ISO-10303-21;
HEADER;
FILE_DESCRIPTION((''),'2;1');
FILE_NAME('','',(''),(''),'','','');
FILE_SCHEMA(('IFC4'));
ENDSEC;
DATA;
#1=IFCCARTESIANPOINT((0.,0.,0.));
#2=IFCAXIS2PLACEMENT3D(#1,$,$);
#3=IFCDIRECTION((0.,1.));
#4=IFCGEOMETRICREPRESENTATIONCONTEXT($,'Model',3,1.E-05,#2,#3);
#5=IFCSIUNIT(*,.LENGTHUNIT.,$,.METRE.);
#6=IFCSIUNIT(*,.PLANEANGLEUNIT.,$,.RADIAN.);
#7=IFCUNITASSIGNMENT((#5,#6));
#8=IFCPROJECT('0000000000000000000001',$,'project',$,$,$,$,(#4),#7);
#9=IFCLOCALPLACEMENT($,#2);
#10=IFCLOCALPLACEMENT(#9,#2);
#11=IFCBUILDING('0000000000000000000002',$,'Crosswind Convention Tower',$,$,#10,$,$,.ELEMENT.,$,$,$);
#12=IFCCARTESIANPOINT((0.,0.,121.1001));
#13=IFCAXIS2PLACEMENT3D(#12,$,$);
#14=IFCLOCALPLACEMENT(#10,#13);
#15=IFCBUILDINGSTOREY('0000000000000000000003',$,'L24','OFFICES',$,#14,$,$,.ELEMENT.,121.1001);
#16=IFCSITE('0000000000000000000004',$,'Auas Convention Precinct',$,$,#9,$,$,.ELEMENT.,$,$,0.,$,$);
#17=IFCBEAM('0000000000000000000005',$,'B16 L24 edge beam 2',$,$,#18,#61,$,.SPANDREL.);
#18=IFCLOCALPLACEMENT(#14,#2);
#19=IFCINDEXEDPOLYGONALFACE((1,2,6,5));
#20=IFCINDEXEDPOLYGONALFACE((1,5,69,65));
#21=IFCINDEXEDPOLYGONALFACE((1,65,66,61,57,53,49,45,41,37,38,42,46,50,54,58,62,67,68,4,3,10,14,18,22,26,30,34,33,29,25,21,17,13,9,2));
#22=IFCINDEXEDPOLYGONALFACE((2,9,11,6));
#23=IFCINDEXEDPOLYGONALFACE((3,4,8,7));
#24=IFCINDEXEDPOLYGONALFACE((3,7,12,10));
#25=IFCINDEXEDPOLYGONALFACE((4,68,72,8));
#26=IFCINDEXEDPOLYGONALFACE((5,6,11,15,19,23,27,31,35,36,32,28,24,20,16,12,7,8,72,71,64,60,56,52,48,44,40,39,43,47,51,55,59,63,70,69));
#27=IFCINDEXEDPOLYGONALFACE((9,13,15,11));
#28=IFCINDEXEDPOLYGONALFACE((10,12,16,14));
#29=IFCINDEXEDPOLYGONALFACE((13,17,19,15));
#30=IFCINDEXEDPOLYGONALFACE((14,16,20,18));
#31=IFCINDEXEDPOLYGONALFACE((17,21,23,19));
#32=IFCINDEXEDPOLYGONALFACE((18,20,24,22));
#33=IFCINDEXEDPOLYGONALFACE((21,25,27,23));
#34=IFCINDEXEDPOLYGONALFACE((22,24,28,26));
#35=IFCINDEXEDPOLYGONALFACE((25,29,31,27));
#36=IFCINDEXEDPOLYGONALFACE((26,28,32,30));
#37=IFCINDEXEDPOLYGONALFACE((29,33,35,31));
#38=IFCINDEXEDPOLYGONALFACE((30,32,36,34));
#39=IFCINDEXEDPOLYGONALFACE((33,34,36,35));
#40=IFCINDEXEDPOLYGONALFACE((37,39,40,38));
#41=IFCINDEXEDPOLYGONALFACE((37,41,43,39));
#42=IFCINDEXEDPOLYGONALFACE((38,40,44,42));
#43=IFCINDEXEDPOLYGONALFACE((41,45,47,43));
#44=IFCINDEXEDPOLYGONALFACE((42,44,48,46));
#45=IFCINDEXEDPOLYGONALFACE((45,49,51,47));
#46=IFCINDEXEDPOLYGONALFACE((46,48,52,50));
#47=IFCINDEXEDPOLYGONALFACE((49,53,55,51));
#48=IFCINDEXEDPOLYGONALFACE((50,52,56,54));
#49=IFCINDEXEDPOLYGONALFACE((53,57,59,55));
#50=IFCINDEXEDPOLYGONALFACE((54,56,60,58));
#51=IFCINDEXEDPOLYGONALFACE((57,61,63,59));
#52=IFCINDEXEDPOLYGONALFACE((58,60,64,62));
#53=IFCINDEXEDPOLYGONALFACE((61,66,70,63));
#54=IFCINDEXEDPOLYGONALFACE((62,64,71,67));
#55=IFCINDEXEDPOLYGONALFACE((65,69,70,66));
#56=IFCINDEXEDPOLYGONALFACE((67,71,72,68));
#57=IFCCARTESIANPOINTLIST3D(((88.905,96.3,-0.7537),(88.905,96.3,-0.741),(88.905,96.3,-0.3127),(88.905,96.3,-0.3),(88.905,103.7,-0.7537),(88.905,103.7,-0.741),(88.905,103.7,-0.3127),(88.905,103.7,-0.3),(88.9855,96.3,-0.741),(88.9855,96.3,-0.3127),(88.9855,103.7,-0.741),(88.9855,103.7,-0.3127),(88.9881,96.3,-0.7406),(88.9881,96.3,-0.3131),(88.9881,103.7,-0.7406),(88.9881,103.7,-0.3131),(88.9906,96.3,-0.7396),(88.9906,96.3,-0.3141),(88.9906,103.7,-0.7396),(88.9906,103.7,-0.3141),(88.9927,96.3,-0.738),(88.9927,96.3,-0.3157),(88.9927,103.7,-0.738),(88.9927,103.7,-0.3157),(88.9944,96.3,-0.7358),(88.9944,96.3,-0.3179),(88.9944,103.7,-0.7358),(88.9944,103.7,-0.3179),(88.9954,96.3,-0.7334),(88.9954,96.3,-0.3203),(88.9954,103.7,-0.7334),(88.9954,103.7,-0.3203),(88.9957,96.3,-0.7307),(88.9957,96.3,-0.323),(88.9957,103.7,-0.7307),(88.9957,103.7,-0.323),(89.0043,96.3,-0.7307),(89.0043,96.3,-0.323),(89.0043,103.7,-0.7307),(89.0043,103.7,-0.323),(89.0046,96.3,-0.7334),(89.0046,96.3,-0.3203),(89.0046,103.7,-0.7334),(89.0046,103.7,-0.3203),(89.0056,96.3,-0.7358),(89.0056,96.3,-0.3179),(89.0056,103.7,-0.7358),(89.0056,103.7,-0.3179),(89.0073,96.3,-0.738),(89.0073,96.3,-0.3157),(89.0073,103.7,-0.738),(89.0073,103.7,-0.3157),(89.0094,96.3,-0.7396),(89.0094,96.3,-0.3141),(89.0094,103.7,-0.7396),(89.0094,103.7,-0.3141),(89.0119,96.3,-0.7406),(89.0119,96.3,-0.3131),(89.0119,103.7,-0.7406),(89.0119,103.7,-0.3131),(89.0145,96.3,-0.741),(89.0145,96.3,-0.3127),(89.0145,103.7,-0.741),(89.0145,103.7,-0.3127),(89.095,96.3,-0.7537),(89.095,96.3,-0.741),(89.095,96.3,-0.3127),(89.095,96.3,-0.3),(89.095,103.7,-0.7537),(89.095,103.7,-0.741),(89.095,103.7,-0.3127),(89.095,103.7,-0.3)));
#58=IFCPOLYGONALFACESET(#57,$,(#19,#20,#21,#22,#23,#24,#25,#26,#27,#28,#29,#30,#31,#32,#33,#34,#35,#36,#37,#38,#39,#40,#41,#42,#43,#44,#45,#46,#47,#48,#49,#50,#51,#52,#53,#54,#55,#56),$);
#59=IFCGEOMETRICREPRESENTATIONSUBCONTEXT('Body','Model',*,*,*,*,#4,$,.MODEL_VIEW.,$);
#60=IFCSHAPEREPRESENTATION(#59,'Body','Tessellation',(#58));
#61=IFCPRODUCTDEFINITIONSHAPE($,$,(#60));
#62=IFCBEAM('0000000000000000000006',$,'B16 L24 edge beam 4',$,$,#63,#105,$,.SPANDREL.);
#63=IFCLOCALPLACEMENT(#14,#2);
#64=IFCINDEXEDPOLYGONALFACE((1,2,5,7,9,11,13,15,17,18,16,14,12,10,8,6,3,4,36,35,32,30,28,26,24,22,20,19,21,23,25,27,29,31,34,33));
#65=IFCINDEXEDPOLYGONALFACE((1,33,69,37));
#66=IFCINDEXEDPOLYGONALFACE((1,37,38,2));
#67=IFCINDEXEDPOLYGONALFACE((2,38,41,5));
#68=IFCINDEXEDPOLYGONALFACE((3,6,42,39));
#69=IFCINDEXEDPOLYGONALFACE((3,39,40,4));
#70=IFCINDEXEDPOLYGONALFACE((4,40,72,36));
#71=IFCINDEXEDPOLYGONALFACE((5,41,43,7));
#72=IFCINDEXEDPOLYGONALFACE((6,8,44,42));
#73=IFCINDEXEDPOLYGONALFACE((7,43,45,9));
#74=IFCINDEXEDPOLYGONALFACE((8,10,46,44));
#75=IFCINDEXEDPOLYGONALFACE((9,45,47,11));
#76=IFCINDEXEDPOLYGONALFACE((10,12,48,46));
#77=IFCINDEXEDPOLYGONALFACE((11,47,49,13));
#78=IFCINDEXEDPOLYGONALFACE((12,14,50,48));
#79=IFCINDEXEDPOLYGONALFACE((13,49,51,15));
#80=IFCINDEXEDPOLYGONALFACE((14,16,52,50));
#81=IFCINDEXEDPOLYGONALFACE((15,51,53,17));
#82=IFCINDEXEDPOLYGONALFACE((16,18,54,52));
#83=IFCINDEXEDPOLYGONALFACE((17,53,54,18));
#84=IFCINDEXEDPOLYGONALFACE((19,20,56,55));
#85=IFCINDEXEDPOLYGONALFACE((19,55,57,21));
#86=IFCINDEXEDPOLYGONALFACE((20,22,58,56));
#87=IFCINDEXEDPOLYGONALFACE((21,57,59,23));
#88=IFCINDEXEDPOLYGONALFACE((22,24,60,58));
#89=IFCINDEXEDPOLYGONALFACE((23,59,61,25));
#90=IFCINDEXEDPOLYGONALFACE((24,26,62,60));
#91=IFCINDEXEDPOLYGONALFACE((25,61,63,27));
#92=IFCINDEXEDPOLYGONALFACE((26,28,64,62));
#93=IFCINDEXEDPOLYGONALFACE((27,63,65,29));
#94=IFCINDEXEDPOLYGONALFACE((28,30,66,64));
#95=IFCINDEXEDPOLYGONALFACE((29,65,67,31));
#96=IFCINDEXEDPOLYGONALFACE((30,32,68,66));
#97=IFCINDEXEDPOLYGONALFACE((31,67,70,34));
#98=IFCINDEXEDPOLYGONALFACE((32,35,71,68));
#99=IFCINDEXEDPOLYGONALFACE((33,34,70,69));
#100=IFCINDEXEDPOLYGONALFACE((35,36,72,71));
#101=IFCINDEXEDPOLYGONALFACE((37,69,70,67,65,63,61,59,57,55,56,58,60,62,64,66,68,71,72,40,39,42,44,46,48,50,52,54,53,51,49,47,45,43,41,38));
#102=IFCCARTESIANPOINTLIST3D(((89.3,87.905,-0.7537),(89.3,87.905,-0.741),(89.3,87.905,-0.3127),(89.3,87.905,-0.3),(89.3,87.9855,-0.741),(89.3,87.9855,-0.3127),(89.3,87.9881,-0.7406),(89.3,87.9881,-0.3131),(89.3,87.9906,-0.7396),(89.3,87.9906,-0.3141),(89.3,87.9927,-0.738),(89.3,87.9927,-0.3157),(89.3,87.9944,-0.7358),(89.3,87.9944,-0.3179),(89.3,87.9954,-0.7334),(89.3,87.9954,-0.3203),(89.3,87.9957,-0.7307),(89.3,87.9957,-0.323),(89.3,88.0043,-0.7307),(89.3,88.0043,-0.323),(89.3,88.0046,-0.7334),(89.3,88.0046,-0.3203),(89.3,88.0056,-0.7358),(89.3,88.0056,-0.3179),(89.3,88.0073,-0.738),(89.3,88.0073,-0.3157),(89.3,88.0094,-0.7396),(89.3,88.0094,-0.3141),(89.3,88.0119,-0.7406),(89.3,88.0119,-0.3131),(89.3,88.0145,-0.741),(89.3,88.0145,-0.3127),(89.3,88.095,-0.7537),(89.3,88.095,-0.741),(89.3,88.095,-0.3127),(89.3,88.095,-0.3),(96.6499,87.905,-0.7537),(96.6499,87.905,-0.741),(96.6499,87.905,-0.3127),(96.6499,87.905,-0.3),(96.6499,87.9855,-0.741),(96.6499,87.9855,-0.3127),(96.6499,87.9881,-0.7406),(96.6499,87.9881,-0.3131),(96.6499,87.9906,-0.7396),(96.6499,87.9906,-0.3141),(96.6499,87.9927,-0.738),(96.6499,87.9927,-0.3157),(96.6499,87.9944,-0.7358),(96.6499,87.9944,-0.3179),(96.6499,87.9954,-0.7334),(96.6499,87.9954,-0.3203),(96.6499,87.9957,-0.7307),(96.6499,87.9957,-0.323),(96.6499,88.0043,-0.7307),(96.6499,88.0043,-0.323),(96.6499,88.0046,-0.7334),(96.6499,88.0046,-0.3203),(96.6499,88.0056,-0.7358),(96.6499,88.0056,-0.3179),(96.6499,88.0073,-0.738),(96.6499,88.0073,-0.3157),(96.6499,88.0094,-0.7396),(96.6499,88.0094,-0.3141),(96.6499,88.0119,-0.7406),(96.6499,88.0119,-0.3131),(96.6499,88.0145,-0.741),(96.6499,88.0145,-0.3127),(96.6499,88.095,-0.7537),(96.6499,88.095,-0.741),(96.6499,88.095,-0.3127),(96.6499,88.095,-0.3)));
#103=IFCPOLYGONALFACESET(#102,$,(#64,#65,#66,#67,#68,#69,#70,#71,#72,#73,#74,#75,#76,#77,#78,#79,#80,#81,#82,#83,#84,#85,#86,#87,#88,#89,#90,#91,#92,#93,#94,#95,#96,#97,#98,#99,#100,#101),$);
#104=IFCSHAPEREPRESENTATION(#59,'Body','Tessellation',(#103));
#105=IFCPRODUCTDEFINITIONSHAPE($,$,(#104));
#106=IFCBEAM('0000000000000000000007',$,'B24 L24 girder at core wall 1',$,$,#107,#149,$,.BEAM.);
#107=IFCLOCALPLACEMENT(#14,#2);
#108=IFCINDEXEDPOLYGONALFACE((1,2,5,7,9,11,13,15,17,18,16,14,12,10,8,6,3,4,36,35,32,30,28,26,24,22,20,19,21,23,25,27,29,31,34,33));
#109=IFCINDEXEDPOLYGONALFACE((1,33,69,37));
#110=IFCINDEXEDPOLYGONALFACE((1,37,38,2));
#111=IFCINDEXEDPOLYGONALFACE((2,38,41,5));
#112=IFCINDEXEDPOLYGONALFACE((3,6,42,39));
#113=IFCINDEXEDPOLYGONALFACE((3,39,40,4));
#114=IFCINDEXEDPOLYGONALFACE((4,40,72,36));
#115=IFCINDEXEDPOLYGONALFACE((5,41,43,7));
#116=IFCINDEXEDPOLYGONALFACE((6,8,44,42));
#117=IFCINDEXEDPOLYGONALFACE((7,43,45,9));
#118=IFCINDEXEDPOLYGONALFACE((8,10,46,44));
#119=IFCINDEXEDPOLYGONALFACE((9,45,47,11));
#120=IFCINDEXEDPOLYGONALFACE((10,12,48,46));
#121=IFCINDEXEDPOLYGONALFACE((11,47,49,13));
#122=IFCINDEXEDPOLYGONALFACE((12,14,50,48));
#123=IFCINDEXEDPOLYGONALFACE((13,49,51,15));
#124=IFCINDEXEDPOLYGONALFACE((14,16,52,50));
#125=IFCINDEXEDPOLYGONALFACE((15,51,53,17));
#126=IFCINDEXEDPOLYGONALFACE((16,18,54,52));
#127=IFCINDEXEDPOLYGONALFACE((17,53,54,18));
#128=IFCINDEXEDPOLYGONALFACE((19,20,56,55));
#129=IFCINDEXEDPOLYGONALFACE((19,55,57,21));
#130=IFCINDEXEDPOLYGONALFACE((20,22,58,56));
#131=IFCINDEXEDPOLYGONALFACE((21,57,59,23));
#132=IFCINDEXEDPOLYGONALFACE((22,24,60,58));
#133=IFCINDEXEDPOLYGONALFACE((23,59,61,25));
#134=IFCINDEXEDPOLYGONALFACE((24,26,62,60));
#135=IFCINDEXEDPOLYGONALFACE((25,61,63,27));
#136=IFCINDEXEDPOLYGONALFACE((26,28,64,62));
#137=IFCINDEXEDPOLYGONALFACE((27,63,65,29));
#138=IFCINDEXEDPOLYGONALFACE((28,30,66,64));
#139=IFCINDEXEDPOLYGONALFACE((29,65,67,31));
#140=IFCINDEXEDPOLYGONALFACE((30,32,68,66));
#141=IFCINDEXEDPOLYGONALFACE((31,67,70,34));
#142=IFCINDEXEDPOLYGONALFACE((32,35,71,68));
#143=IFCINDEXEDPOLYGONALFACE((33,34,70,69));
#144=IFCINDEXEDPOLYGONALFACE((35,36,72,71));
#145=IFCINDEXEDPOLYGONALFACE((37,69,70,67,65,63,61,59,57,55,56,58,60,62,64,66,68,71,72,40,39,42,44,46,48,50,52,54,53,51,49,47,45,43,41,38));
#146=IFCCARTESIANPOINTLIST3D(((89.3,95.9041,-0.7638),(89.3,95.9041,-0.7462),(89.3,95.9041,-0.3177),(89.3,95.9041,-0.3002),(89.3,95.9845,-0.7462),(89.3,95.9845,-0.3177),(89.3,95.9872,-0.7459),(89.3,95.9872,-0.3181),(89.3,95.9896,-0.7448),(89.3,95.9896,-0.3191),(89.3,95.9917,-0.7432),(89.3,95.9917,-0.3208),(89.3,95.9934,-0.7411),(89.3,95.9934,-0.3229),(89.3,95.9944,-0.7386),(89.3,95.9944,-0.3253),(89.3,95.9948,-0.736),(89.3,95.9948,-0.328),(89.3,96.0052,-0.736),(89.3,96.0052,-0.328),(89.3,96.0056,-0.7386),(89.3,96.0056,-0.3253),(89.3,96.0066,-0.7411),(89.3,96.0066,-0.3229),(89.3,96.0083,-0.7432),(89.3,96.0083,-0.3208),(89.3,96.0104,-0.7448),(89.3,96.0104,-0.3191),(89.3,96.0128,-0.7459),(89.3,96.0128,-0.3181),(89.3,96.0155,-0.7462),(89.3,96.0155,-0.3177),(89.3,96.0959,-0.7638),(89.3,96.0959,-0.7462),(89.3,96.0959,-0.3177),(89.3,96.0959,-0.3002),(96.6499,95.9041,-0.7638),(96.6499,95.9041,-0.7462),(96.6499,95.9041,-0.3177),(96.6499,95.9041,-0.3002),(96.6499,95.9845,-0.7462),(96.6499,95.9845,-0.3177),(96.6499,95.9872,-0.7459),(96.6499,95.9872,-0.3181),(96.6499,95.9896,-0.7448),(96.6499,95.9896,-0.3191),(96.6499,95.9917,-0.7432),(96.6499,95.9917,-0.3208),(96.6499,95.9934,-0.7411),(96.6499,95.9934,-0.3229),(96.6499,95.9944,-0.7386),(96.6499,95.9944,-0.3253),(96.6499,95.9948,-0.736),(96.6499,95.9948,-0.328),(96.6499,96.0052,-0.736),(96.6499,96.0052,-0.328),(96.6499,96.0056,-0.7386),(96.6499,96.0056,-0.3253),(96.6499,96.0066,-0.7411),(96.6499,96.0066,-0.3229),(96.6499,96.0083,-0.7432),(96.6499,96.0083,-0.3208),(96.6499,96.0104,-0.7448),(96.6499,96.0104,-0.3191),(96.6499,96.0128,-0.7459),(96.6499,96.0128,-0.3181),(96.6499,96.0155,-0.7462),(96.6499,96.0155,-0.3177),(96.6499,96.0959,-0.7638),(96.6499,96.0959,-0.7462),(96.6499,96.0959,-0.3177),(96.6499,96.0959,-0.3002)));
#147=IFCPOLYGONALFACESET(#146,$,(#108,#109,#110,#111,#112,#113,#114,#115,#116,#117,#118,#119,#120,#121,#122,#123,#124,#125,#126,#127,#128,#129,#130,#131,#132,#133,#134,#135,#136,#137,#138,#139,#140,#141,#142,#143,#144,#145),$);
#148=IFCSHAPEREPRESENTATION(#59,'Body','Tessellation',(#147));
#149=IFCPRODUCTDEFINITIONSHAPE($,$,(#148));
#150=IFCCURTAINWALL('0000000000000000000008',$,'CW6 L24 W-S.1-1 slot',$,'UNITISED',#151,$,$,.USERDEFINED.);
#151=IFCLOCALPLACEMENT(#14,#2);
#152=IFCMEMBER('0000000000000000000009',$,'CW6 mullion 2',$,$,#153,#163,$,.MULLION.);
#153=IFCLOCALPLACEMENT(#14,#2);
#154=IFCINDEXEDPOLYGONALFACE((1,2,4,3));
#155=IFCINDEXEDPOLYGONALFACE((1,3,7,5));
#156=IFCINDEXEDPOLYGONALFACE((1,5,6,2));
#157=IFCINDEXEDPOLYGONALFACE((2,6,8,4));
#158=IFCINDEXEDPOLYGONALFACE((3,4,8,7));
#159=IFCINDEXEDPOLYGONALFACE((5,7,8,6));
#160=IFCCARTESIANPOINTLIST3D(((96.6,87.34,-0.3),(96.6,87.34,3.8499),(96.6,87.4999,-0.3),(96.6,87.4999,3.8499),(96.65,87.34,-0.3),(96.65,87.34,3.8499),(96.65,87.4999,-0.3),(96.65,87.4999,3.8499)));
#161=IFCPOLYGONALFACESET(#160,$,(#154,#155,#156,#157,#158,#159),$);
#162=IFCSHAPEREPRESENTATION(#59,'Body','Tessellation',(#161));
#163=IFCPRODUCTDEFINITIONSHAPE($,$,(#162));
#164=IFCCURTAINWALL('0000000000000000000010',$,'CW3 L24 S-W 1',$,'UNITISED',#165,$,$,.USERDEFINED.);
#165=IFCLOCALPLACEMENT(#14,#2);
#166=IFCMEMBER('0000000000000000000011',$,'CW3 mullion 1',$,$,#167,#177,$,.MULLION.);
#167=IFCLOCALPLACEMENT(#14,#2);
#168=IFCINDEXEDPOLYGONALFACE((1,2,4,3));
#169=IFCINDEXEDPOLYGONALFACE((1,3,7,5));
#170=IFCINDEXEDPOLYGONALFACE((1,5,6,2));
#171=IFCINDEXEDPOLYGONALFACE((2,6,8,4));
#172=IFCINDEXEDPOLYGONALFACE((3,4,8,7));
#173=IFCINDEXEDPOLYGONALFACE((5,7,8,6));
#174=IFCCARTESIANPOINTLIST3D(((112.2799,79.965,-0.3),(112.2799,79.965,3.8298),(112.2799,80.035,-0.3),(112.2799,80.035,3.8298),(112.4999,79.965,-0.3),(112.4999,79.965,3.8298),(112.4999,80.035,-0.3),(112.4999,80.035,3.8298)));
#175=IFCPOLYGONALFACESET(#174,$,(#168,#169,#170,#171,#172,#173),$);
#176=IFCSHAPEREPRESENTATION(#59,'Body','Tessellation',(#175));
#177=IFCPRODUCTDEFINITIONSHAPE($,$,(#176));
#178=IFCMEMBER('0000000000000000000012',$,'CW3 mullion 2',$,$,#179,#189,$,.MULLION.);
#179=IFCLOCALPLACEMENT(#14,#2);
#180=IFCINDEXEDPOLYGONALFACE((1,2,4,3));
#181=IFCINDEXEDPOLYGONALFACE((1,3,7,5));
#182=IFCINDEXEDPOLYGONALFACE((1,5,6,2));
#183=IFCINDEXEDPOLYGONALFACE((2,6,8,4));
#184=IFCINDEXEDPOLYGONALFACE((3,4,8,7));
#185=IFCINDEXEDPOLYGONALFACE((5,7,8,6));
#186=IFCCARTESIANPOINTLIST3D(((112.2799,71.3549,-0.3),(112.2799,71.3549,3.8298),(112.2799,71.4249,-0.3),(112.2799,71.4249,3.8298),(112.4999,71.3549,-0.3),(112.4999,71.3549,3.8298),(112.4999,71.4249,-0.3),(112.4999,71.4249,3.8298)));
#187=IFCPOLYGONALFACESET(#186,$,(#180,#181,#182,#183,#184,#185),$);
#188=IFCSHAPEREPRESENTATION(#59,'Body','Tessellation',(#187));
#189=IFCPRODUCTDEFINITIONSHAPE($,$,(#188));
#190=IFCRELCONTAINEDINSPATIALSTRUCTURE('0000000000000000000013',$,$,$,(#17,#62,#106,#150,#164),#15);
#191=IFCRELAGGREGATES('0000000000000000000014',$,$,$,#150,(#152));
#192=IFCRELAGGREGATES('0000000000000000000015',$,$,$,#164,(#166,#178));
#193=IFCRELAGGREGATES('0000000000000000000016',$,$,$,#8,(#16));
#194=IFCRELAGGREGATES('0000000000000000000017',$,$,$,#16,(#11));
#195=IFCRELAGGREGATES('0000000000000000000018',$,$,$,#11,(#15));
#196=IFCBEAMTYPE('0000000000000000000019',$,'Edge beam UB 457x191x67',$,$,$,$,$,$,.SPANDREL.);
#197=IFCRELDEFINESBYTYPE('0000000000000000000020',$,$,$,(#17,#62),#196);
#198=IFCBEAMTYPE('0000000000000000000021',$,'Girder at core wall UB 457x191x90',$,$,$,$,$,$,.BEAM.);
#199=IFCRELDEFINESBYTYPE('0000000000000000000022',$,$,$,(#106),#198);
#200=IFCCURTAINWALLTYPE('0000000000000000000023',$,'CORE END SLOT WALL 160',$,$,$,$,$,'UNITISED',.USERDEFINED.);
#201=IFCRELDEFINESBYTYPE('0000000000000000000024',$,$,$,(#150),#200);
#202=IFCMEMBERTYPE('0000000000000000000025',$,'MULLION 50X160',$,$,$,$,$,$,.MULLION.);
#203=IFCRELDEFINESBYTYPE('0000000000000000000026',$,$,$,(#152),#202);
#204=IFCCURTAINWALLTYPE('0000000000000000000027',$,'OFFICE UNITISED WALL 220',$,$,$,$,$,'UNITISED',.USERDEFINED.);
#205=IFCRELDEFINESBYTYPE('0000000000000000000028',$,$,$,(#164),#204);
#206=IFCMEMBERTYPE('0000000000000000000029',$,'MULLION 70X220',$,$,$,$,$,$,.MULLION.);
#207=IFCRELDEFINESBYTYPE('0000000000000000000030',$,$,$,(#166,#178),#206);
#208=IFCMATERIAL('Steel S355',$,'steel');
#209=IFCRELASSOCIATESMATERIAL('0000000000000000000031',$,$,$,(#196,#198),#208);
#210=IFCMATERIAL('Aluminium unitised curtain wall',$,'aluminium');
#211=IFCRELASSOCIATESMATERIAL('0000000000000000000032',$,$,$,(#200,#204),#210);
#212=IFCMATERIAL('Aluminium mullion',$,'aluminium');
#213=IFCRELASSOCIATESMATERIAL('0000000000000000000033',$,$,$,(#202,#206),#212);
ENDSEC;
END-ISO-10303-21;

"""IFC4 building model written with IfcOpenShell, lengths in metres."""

from ifc_helpers import new_model, si_unit, direction, frame, origin, origin_2d, place, context, subcontext, project, spatial, rectangle, i_section, extrude, material, material_profile, profile_set, type_object, element, aggregate, save


model = new_model("IFC4")

# Units and contexts
model_context = context("Model", 3, precision=1e-05, world=origin(), true_north=direction((0.0, 1.0)))
body_context = subcontext(model_context, "Body", "Model", "MODEL_VIEW")
ifc_project = project(units=[si_unit("LENGTHUNIT", "METRE"), si_unit("PLANEANGLEUNIT", "RADIAN")], contexts=[model_context])

# Site, building, storey
site_placement = place(None, origin())
site = spatial("IfcSite", under=ifc_project, at=site_placement, Name="Auas Convention Precinct", CompositionType="ELEMENT", RefElevation=0.0)
building_placement = place(site_placement, origin())
building = spatial("IfcBuilding", under=site, at=building_placement, Name="Crosswind Convention Tower", CompositionType="ELEMENT")
storey_placement = place(building_placement, frame((0.0, 0.0, 121.1001)))
storey = spatial("IfcBuildingStorey", under=building, at=storey_placement, Name="L24", Description="OFFICES", CompositionType="ELEMENT", Elevation=121.1001)

# Beams
ifc_material_1 = material(Name="Steel S355", Category="steel")
ifc_material_profile_1 = material_profile(ifc_material_1, i_section(OverallWidth=0.1899, OverallDepth=0.4536, WebThickness=0.0085, FlangeThickness=0.0127, FilletRadius=0.0103, at=origin_2d()), Name="UB 457x191x67")
ifc_profile_set_1 = profile_set([ifc_material_profile_1], Name="Steel S355")
beam_type_1 = type_object("IfcBeamType", Name="Edge beam UB 457x191x67", PredefinedType="SPANDREL", material=ifc_profile_set_1)
beam_1_placement = place(storey_placement, frame((89.0, 96.3, -0.5269), z_axis=(0.0, 1.0, 0.0), x_axis=(-1.0, 0.0, 0.0)))
element("IfcBeam", 1, at=beam_1_placement, inside=storey, type_object=beam_type_1, Name="B16 L24 edge beam 2", PredefinedType="SPANDREL", context=body_context, shape_type="SweptSolid", body=[
    extrude(i_section(OverallWidth=0.1899, OverallDepth=0.4536, WebThickness=0.0085, FlangeThickness=0.0127, FilletRadius=0.0103, at=origin_2d()), origin(), (0.0, 0.0, 1.0), 7.3999),
])
beam_2_placement = place(storey_placement, frame((89.3, 88.0, -0.5269), z_axis=(1.0, 0.0, 0.0), x_axis=(0.0, 1.0, 0.0)))
element("IfcBeam", 2, at=beam_2_placement, inside=storey, type_object=beam_type_1, Name="B16 L24 edge beam 4", PredefinedType="SPANDREL", context=body_context, shape_type="SweptSolid", body=[
    extrude(i_section(OverallWidth=0.1899, OverallDepth=0.4536, WebThickness=0.0085, FlangeThickness=0.0127, FilletRadius=0.0103, at=origin_2d()), origin(), (0.0, 0.0, 1.0), 7.3499),
])
ifc_material_profile_2 = material_profile(ifc_material_1, i_section(OverallWidth=0.1919, OverallDepth=0.4636, WebThickness=0.0105, FlangeThickness=0.0176, FilletRadius=0.0103, at=origin_2d()), Name="UB 457x191x90")
ifc_profile_set_2 = profile_set([ifc_material_profile_2], Name="Steel S355")
beam_type_2 = type_object("IfcBeamType", Name="Girder at core wall UB 457x191x90", PredefinedType="BEAM", material=ifc_profile_set_2)
beam_3_placement = place(storey_placement, frame((89.3, 96.0, -0.532), z_axis=(1.0, 0.0, 0.0), x_axis=(0.0, 1.0, 0.0)))
element("IfcBeam", 3, at=beam_3_placement, inside=storey, type_object=beam_type_2, Name="B24 L24 girder at core wall 1", PredefinedType="BEAM", context=body_context, shape_type="SweptSolid", body=[
    extrude(i_section(OverallWidth=0.1919, OverallDepth=0.4636, WebThickness=0.0105, FlangeThickness=0.0176, FilletRadius=0.0103, at=origin_2d()), origin(), (0.0, 0.0, 1.0), 7.3499),
])

# Curtain wall, member
ifc_material_2 = material(Name="Aluminium unitised curtain wall", Category="aluminium")
curtain_wall_type_1 = type_object("IfcCurtainWallType", Name="CORE END SLOT WALL 160", ElementType="UNITISED", PredefinedType="USERDEFINED", material=ifc_material_2)
curtain_wall_1_placement = place(storey_placement, origin())
curtain_wall_1 = element("IfcCurtainWall", 4, at=curtain_wall_1_placement, inside=storey, type_object=curtain_wall_type_1, Name="CW6 L24 W-S.1-1 slot", ObjectType="UNITISED", PredefinedType="USERDEFINED")
ifc_material_3 = material(Name="Aluminium mullion", Category="aluminium")
ifc_material_profile_3 = material_profile(ifc_material_3, rectangle(XDim=0.1599, YDim=0.05, at=origin_2d()), Name="AL 160X50")
ifc_profile_set_3 = profile_set([ifc_material_profile_3], Name="Aluminium mullion")
member_type_1 = type_object("IfcMemberType", Name="MULLION 50X160", PredefinedType="MULLION", material=ifc_profile_set_3)
member_1_placement = place(storey_placement, frame((96.625, 87.4199, -0.3), z_axis=(0.0, 0.0, 1.0), x_axis=(0.0, -1.0, 0.0)))
member_1 = element("IfcMember", 5, at=member_1_placement, type_object=member_type_1, Name="CW6 mullion 2", PredefinedType="MULLION", context=body_context, shape_type="SweptSolid", body=[
    extrude(rectangle(XDim=0.1599, YDim=0.05, at=origin_2d()), origin(), (0.0, 0.0, 1.0), 4.1499),
])
aggregate(curtain_wall_1, [member_1])

# Curtain wall, members
curtain_wall_type_2 = type_object("IfcCurtainWallType", Name="OFFICE UNITISED WALL 220", ElementType="UNITISED", PredefinedType="USERDEFINED", material=ifc_material_2)
curtain_wall_2_placement = place(storey_placement, origin())
curtain_wall_2 = element("IfcCurtainWall", 6, at=curtain_wall_2_placement, inside=storey, type_object=curtain_wall_type_2, Name="CW3 L24 S-W 1", ObjectType="UNITISED", PredefinedType="USERDEFINED")
ifc_material_profile_4 = material_profile(ifc_material_3, rectangle(XDim=0.22, YDim=0.0701, at=origin_2d()), Name="AL 220X70")
ifc_profile_set_4 = profile_set([ifc_material_profile_4], Name="Aluminium mullion")
member_type_2 = type_object("IfcMemberType", Name="MULLION 70X220", PredefinedType="MULLION", material=ifc_profile_set_4)
member_2_placement = place(storey_placement, frame((112.3899, 80.0, -0.3), z_axis=(0.0, 0.0, 1.0), x_axis=(-1.0, 0.0, 0.0)))
member_2 = element("IfcMember", 7, at=member_2_placement, type_object=member_type_2, Name="CW3 mullion 1", PredefinedType="MULLION", context=body_context, shape_type="SweptSolid", body=[
    extrude(rectangle(XDim=0.22, YDim=0.0701, at=origin_2d()), origin(), (0.0, 0.0, 1.0), 4.1299),
])
member_3_placement = place(storey_placement, frame((112.3899, 71.3899, -0.3), z_axis=(0.0, 0.0, 1.0), x_axis=(-1.0, 0.0, 0.0)))
member_3 = element("IfcMember", 8, at=member_3_placement, type_object=member_type_2, Name="CW3 mullion 2", PredefinedType="MULLION", context=body_context, shape_type="SweptSolid", body=[
    extrude(rectangle(XDim=0.22, YDim=0.0701, at=origin_2d()), origin(), (0.0, 0.0, 1.0), 4.1299),
])

aggregate(curtain_wall_2, [member_2, member_3])

save(model, "model.ifc")
